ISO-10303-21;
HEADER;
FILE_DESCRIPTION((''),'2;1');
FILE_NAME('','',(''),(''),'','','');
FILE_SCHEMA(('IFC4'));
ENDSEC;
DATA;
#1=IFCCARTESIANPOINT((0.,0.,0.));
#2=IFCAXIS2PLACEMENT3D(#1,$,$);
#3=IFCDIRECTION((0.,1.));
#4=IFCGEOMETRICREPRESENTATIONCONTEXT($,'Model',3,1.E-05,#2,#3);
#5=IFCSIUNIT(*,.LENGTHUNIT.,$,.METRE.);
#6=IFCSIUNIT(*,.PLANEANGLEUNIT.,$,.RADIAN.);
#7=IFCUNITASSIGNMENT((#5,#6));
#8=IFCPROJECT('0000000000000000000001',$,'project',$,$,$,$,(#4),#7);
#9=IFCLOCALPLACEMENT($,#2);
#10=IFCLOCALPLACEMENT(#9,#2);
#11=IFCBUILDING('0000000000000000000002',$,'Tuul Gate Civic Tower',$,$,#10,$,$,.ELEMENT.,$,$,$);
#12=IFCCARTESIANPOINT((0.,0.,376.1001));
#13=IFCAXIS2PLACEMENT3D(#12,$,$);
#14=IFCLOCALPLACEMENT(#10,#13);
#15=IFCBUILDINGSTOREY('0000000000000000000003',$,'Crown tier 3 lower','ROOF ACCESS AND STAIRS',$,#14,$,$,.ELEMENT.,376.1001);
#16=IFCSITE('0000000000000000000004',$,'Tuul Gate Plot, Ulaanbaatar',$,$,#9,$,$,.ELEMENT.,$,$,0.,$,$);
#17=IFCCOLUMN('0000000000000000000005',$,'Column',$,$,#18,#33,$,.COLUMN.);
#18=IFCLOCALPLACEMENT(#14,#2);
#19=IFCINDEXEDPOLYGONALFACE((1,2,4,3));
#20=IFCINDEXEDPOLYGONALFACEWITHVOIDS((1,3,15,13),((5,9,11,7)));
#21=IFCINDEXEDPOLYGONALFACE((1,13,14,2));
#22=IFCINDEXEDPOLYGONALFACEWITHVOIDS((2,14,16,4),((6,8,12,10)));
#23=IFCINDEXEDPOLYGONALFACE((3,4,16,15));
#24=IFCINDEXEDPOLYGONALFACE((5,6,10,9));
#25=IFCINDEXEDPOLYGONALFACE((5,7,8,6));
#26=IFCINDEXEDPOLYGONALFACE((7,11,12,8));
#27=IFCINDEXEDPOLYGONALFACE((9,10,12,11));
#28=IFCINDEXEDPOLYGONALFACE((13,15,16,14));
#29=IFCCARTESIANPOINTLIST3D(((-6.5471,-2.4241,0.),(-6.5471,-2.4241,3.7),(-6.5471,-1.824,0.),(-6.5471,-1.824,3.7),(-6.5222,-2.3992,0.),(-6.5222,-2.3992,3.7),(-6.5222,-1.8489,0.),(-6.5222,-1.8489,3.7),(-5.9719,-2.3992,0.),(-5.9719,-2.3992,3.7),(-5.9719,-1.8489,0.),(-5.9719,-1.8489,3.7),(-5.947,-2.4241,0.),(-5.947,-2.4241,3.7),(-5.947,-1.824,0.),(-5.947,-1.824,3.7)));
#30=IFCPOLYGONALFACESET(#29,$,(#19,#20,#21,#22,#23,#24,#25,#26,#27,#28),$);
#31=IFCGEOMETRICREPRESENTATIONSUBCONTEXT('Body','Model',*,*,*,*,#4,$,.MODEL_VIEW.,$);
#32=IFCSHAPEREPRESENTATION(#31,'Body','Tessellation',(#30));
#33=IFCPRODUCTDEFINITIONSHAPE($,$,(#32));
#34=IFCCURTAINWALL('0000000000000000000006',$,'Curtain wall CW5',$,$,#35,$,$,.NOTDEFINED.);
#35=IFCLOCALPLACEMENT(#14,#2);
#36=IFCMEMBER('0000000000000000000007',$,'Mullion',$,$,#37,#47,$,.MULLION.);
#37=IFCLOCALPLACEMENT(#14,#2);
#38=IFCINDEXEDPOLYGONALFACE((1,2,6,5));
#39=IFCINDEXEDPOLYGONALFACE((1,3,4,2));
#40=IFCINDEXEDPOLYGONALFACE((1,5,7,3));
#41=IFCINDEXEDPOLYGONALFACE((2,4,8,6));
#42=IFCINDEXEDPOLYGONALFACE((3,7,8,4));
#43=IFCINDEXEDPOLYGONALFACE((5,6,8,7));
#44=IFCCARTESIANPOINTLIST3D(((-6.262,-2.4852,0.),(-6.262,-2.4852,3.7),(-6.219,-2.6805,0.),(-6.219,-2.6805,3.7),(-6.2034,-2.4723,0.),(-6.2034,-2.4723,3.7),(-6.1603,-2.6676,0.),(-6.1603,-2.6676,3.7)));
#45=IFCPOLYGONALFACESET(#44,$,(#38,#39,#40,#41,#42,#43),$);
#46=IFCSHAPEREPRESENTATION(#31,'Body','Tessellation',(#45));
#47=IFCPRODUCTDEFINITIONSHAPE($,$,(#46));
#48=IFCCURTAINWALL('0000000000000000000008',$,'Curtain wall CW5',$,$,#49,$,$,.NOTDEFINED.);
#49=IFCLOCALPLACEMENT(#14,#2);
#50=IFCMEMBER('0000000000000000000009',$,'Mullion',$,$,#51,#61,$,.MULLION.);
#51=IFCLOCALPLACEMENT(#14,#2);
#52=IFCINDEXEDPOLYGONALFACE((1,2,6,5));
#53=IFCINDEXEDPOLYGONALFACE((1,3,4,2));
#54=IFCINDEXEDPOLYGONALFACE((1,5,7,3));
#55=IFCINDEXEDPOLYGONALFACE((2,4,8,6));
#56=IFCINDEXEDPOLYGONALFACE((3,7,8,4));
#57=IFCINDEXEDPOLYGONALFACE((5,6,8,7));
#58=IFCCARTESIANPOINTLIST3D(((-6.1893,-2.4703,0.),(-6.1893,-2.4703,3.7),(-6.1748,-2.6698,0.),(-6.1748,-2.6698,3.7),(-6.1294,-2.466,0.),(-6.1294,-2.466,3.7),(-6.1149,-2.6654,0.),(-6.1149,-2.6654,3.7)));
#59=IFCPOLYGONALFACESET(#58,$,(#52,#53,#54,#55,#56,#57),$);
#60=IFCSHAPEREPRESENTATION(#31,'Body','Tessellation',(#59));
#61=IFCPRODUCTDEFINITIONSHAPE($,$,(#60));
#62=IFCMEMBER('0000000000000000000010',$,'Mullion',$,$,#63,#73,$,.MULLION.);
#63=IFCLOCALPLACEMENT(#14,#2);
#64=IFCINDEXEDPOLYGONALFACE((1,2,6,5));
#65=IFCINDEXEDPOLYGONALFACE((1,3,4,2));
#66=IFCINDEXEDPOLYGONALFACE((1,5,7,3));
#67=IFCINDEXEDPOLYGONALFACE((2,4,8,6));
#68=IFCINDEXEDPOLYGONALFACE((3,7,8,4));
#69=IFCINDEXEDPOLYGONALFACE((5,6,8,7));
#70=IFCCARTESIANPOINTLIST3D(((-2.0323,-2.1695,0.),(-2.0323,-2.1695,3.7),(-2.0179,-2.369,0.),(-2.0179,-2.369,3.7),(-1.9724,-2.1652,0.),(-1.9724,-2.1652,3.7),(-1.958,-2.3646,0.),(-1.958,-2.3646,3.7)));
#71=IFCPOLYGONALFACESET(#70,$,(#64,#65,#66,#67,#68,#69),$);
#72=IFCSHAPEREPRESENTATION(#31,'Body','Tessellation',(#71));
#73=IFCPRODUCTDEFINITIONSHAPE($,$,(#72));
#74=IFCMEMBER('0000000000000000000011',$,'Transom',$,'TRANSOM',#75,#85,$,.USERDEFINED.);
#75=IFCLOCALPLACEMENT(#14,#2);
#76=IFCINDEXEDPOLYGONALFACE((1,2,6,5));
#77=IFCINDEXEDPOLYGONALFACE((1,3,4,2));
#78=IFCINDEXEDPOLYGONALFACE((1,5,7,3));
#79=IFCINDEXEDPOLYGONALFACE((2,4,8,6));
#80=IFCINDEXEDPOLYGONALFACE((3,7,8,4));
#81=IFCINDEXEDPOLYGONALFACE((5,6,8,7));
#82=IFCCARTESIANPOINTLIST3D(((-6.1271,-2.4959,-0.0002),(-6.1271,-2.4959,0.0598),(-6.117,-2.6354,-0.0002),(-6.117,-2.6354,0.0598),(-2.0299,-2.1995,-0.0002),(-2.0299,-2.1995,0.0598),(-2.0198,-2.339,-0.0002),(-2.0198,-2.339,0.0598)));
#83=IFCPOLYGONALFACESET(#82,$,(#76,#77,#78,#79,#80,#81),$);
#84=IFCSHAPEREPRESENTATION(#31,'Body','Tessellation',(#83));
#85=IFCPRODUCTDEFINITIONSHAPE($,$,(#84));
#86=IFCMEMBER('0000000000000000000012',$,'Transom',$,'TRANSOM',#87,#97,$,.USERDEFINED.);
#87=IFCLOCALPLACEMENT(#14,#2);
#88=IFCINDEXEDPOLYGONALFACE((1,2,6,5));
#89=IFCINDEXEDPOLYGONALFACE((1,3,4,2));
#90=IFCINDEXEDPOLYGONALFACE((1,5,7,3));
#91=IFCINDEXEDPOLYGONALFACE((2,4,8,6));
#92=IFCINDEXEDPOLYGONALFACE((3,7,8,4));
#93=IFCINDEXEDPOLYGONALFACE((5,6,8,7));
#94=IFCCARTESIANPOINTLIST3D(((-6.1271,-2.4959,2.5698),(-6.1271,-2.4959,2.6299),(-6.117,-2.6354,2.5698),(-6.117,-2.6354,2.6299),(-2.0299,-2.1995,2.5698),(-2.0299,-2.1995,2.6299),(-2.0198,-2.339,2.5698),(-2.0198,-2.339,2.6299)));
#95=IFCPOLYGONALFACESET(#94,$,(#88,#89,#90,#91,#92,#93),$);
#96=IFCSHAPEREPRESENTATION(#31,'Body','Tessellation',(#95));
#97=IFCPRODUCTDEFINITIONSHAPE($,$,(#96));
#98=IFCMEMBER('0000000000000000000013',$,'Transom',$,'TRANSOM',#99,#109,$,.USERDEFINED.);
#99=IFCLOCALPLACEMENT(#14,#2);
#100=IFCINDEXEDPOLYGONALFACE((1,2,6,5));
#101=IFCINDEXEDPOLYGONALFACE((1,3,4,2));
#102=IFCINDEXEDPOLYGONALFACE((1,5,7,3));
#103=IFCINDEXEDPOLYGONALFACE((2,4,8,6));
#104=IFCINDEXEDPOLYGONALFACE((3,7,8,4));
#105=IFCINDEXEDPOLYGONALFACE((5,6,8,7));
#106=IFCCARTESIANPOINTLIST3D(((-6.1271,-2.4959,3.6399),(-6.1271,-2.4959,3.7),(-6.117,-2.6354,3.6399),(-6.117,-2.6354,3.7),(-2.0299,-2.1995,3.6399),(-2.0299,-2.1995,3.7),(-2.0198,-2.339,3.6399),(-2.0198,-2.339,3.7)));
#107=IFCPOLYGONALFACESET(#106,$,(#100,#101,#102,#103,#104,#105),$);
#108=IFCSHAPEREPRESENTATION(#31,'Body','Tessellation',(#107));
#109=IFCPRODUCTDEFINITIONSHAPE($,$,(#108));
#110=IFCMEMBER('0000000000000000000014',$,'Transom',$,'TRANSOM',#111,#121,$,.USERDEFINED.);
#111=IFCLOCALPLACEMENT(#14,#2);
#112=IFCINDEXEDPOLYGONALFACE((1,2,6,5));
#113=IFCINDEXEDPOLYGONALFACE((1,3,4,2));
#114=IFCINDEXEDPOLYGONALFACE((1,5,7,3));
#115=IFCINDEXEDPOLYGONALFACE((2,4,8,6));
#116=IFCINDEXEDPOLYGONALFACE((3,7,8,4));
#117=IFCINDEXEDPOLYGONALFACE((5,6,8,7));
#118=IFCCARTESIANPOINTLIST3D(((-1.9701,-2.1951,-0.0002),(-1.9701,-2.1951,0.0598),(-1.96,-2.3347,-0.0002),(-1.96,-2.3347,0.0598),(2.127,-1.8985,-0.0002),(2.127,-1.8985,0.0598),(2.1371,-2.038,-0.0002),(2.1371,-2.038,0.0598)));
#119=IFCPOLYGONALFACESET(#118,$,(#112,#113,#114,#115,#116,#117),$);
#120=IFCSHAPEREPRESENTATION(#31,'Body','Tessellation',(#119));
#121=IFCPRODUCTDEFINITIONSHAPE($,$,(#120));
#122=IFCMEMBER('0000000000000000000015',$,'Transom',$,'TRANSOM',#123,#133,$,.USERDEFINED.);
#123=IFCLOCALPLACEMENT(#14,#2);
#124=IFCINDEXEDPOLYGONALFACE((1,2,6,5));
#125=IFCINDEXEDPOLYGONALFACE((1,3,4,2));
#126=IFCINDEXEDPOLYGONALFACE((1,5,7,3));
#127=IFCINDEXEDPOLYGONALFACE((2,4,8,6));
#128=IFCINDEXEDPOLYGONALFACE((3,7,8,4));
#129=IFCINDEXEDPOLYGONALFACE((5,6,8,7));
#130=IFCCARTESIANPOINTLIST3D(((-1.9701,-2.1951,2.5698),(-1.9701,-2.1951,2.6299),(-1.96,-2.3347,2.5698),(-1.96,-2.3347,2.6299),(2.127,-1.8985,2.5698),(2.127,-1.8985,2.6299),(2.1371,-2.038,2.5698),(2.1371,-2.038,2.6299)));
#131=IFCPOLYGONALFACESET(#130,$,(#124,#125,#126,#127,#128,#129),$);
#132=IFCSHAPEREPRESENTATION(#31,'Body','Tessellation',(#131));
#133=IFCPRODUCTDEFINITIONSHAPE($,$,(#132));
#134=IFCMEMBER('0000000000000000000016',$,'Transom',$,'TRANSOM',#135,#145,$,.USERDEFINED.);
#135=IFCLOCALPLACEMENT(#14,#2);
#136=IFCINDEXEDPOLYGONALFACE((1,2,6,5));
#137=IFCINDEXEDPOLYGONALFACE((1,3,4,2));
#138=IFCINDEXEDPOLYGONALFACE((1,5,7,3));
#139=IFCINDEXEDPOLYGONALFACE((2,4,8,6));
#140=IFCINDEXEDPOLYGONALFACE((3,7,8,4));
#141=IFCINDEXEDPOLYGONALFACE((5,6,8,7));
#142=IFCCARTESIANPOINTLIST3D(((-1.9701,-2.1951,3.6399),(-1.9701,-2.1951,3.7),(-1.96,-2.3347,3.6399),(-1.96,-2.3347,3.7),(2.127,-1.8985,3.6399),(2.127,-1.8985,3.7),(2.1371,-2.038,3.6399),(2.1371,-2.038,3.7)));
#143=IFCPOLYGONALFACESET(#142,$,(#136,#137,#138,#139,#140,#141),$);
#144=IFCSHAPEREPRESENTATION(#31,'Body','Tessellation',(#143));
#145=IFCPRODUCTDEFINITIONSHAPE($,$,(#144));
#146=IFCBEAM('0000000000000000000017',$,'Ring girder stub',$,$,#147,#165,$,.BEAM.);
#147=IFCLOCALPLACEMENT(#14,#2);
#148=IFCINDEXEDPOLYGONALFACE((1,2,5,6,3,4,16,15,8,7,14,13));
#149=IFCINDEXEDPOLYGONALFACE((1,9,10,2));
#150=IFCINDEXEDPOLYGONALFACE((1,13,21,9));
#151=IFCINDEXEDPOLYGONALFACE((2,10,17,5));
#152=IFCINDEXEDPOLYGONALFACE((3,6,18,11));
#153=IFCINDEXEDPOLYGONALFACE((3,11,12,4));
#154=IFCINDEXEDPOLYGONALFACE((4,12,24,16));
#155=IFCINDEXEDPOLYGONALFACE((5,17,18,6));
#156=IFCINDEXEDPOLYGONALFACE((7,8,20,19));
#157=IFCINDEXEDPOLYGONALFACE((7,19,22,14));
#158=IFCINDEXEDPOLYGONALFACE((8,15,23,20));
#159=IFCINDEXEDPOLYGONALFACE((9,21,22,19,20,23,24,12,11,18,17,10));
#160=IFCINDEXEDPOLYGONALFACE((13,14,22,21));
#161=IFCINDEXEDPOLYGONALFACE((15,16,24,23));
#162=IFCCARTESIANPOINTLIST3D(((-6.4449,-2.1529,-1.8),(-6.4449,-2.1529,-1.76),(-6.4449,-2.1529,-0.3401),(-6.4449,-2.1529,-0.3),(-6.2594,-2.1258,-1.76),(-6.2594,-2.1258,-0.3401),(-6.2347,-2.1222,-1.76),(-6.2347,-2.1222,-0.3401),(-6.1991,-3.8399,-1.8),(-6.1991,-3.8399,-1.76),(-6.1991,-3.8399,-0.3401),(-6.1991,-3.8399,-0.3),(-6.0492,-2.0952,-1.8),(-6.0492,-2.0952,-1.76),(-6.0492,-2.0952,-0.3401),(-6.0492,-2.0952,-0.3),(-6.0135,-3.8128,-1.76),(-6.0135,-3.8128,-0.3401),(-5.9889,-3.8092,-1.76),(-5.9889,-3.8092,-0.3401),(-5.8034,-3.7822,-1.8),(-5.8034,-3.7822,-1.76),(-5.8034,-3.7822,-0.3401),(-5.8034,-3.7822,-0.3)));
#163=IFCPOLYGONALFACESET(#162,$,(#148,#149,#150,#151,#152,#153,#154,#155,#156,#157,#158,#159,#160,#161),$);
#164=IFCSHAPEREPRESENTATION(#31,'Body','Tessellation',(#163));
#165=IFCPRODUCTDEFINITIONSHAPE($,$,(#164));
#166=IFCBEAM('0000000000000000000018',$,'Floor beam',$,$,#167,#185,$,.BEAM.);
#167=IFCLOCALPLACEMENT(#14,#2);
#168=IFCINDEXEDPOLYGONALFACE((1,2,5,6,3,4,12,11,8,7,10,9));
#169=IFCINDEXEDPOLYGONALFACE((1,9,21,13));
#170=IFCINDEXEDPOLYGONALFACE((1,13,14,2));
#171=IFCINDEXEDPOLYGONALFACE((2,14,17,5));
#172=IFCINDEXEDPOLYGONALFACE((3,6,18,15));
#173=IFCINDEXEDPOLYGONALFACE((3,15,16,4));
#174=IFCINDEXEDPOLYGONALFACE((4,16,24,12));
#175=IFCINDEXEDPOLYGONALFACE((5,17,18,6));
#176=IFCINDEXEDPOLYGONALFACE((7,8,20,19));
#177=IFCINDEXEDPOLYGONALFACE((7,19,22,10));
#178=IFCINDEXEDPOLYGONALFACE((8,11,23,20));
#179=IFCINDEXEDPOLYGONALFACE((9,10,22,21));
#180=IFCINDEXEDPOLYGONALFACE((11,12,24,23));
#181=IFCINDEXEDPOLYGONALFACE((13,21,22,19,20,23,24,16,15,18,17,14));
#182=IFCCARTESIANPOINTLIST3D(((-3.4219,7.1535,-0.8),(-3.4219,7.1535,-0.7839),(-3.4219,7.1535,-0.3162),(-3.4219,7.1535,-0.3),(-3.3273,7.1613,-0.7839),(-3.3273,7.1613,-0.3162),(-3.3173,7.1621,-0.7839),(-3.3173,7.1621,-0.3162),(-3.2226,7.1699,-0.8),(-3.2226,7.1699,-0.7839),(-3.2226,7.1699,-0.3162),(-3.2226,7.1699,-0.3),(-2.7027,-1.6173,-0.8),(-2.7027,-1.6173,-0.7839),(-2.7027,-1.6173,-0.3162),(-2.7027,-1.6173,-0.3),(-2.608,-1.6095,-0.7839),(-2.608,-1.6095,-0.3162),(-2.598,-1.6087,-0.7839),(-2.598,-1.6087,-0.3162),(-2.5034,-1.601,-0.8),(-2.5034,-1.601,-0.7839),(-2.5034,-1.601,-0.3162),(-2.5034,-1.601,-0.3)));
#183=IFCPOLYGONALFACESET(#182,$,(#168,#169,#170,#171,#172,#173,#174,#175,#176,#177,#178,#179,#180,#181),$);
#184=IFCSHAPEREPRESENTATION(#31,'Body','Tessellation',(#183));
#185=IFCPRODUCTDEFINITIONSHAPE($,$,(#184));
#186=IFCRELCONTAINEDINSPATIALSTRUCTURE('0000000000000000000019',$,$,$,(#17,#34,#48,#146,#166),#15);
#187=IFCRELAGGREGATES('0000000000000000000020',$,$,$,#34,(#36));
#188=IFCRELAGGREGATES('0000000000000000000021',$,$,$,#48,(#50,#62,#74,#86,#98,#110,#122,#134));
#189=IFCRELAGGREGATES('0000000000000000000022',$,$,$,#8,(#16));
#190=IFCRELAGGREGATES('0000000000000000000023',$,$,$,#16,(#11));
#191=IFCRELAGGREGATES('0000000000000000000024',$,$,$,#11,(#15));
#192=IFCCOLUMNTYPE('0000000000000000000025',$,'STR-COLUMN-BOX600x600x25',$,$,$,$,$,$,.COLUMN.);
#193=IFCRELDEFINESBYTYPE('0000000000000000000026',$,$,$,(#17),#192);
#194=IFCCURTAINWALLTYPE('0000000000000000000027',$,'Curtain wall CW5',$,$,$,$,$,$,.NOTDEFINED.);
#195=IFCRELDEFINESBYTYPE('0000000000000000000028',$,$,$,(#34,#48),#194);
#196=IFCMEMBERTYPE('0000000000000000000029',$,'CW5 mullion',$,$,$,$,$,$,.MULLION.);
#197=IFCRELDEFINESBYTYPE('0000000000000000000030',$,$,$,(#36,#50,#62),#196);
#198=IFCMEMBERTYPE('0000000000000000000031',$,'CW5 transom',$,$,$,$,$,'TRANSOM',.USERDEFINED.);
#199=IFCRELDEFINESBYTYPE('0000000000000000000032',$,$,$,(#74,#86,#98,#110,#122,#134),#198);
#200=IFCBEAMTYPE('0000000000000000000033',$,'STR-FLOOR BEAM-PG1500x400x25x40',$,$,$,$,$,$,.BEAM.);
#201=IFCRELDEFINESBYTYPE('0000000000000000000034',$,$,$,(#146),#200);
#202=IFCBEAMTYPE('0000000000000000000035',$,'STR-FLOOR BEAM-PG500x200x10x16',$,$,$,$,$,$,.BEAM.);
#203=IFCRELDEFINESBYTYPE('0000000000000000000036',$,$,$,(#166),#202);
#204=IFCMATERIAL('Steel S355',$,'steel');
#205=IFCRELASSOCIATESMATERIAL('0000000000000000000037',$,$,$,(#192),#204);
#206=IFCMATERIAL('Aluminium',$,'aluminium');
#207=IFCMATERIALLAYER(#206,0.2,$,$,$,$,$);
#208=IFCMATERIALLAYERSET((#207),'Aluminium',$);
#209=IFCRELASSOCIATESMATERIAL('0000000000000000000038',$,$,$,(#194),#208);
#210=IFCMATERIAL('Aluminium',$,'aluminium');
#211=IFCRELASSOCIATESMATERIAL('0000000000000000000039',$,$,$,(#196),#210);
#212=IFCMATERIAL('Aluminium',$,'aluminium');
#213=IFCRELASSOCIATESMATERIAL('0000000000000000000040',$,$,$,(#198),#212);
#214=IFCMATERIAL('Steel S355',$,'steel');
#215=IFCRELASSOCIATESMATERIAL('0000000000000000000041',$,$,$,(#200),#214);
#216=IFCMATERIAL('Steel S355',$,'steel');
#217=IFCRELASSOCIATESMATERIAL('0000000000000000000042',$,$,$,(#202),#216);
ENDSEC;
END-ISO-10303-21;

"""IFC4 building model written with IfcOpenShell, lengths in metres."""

from ifc_helpers import new_model, si_unit, direction, frame, origin, origin_2d, place, context, subcontext, project, spatial, rectangle, hollow_rectangle, i_section, extrude, material, layer, layer_set, material_profile, profile_set, type_object, element, aggregate, save


model = new_model("IFC4")

# Units and contexts
model_context = context("Model", 3, precision=1e-05, world=origin(), true_north=direction((0.0, 1.0)))
body_context = subcontext(model_context, "Body", "Model", "MODEL_VIEW")
ifc_project = project(units=[si_unit("LENGTHUNIT", "METRE"), si_unit("PLANEANGLEUNIT", "RADIAN")], contexts=[model_context])

# Site, building, storey
site_placement = place(None, origin())
site = spatial("IfcSite", under=ifc_project, at=site_placement, Name="Tuul Gate Plot, Ulaanbaatar", CompositionType="ELEMENT", RefElevation=0.0)
building_placement = place(site_placement, origin())
building = spatial("IfcBuilding", under=site, at=building_placement, Name="Tuul Gate Civic Tower", CompositionType="ELEMENT")
storey_placement = place(building_placement, frame((0.0, 0.0, 376.1001)))
storey = spatial("IfcBuildingStorey", under=building, at=storey_placement, Name="Crown tier 3 lower", Description="ROOF ACCESS AND STAIRS", CompositionType="ELEMENT", Elevation=376.1001)

# Column
ifc_material_1 = material(Name="Steel S355", Category="steel")
ifc_material_profile_1 = material_profile(ifc_material_1, hollow_rectangle(XDim=0.6001, YDim=0.6001, WallThickness=0.0249, at=origin_2d()), Name="BOX600x600x25")
ifc_profile_set_1 = profile_set([ifc_material_profile_1], Name="Steel S355")
column_type = type_object("IfcColumnType", Name="STR-COLUMN-BOX600x600x25", PredefinedType="COLUMN", material=ifc_profile_set_1)
column_placement = place(storey_placement, frame((-6.2471, -2.124, 0.0), z_axis=(0.0, 0.0, 1.0), x_axis=(1.0, 0.0, 0.0)))
element("IfcColumn", 1, at=column_placement, inside=storey, type_object=column_type, Name="Column", PredefinedType="COLUMN", context=body_context, shape_type="SweptSolid", body=[
    extrude(hollow_rectangle(XDim=0.6001, YDim=0.6001, WallThickness=0.0249, at=origin_2d()), origin(), (0.0, 0.0, 1.0), 3.7),
])

# Curtain wall, member
ifc_material_2 = material(Name="Aluminium", Category="aluminium")
ifc_layer_1 = layer(ifc_material_2, 0.2)
ifc_layer_set_1 = layer_set([ifc_layer_1], Name="Aluminium")
curtain_wall_type = type_object("IfcCurtainWallType", Name="Curtain wall CW5", PredefinedType="NOTDEFINED", material=ifc_layer_set_1)
curtain_wall_1_placement = place(storey_placement, origin())
curtain_wall_1 = element("IfcCurtainWall", 2, at=curtain_wall_1_placement, inside=storey, type_object=curtain_wall_type, Name="Curtain wall CW5", PredefinedType="NOTDEFINED")
ifc_material_3 = material(Name="Aluminium", Category="aluminium")
ifc_material_profile_2 = material_profile(ifc_material_3, rectangle(XDim=0.2, YDim=0.0601, at=origin_2d()), Name="CW5 mullion")
ifc_profile_set_2 = profile_set([ifc_material_profile_2], Name="Aluminium")
member_type_1 = type_object("IfcMemberType", Name="CW5 mullion", PredefinedType="MULLION", material=ifc_profile_set_2)
member_1_placement = place(storey_placement, frame((-6.2112, -2.5764, 0.0), z_axis=(0.0, 0.0, 1.0), x_axis=(-0.215243, 0.976561, 0.0)))
member_1 = element("IfcMember", 3, at=member_1_placement, type_object=member_type_1, Name="Mullion", PredefinedType="MULLION", context=body_context, shape_type="SweptSolid", body=[
    extrude(rectangle(XDim=0.2, YDim=0.0601, at=origin_2d()), origin(), (0.0, 0.0, 1.0), 3.7),
])
aggregate(curtain_wall_1, [member_1])

# Curtain wall, members
curtain_wall_2_placement = place(storey_placement, origin())
curtain_wall_2 = element("IfcCurtainWall", 4, at=curtain_wall_2_placement, inside=storey, type_object=curtain_wall_type, Name="Curtain wall CW5", PredefinedType="NOTDEFINED")
member_2_placement = place(storey_placement, frame((-6.1521, -2.5679, 0.0), z_axis=(0.0, 0.0, 1.0), x_axis=(-0.072178, 0.997392, 0.0)))
member_2 = element("IfcMember", 5, at=member_2_placement, type_object=member_type_1, Name="Mullion", PredefinedType="MULLION", context=body_context, shape_type="SweptSolid", body=[
    extrude(rectangle(XDim=0.2, YDim=0.0601, at=origin_2d()), origin(), (0.0, 0.0, 1.0), 3.7),
])
member_3_placement = place(storey_placement, frame((-1.9951, -2.2671, 0.0), z_axis=(0.0, 0.0, 1.0), x_axis=(-0.072178, 0.997392, 0.0)))
member_3 = element("IfcMember", 6, at=member_3_placement, type_object=member_type_1, Name="Mullion", PredefinedType="MULLION", context=body_context, shape_type="SweptSolid", body=[
    extrude(rectangle(XDim=0.2, YDim=0.0601, at=origin_2d()), origin(), (0.0, 0.0, 1.0), 3.7),
])
ifc_material_4 = material(Name="Aluminium", Category="aluminium")
ifc_material_profile_3 = material_profile(ifc_material_4, rectangle(XDim=0.1399, YDim=0.0601, at=origin_2d()), Name="CW5 transom")
ifc_profile_set_3 = profile_set([ifc_material_profile_3], Name="Aluminium")
member_type_2 = type_object("IfcMemberType", Name="CW5 transom", ElementType="TRANSOM", PredefinedType="USERDEFINED", material=ifc_profile_set_3)
member_4_placement = place(storey_placement, frame((-6.1221, -2.5657, 0.0298), z_axis=(0.997394, 0.072151, 0.0), x_axis=(-0.072151, 0.997394, 0.0)))
member_4 = element("IfcMember", 7, at=member_4_placement, type_object=member_type_2, Name="Transom", ObjectType="TRANSOM", PredefinedType="USERDEFINED", context=body_context, shape_type="SweptSolid", body=[
    extrude(rectangle(XDim=0.1399, YDim=0.0601, at=origin_2d()), origin(), (0.0, 0.0, 1.0), 4.1079),
])
member_5_placement = place(storey_placement, frame((-6.1221, -2.5657, 2.5999), z_axis=(0.997394, 0.072151, 0.0), x_axis=(-0.072151, 0.997394, 0.0)))
member_5 = element("IfcMember", 8, at=member_5_placement, type_object=member_type_2, Name="Transom", ObjectType="TRANSOM", PredefinedType="USERDEFINED", context=body_context, shape_type="SweptSolid", body=[
    extrude(rectangle(XDim=0.1399, YDim=0.0601, at=origin_2d()), origin(), (0.0, 0.0, 1.0), 4.1079),
])
member_6_placement = place(storey_placement, frame((-6.1221, -2.5657, 3.6699), z_axis=(0.997394, 0.072151, 0.0), x_axis=(-0.072151, 0.997394, 0.0)))
member_6 = element("IfcMember", 9, at=member_6_placement, type_object=member_type_2, Name="Transom", ObjectType="TRANSOM", PredefinedType="USERDEFINED", context=body_context, shape_type="SweptSolid", body=[
    extrude(rectangle(XDim=0.1399, YDim=0.0601, at=origin_2d()), origin(), (0.0, 0.0, 1.0), 4.1079),
])
member_7_placement = place(storey_placement, frame((-1.9651, -2.2649, 0.0298), z_axis=(0.997389, 0.07221, 0.0), x_axis=(-0.07221, 0.997389, 0.0)))
member_7 = element("IfcMember", 10, at=member_7_placement, type_object=member_type_2, Name="Transom", ObjectType="TRANSOM", PredefinedType="USERDEFINED", context=body_context, shape_type="SweptSolid", body=[
    extrude(rectangle(XDim=0.1399, YDim=0.0601, at=origin_2d()), origin(), (0.0, 0.0, 1.0), 4.1079),
])
member_8_placement = place(storey_placement, frame((-1.9651, -2.2649, 2.5999), z_axis=(0.997389, 0.07221, 0.0), x_axis=(-0.07221, 0.997389, 0.0)))
member_8 = element("IfcMember", 11, at=member_8_placement, type_object=member_type_2, Name="Transom", ObjectType="TRANSOM", PredefinedType="USERDEFINED", context=body_context, shape_type="SweptSolid", body=[
    extrude(rectangle(XDim=0.1399, YDim=0.0601, at=origin_2d()), origin(), (0.0, 0.0, 1.0), 4.1079),
])
member_9_placement = place(storey_placement, frame((-1.9651, -2.2649, 3.6699), z_axis=(0.997389, 0.07221, 0.0), x_axis=(-0.07221, 0.997389, 0.0)))
member_9 = element("IfcMember", 12, at=member_9_placement, type_object=member_type_2, Name="Transom", ObjectType="TRANSOM", PredefinedType="USERDEFINED", context=body_context, shape_type="SweptSolid", body=[
    extrude(rectangle(XDim=0.1399, YDim=0.0601, at=origin_2d()), origin(), (0.0, 0.0, 1.0), 4.1079),
])

# Beams
ifc_material_5 = material(Name="Steel S355", Category="steel")
ifc_material_profile_4 = material_profile(ifc_material_5, i_section(OverallWidth=0.3999, OverallDepth=1.5, WebThickness=0.0249, FlangeThickness=0.04, at=origin_2d()), Name="PG1500x400x25x40")
ifc_profile_set_4 = profile_set([ifc_material_profile_4], Name="Steel S355")
beam_type_1 = type_object("IfcBeamType", Name="STR-FLOOR BEAM-PG1500x400x25x40", PredefinedType="BEAM", material=ifc_profile_set_4)
beam_1_placement = place(storey_placement, frame((-6.0012, -3.811, -1.05), z_axis=(-0.144208, 0.989547, 0.0), x_axis=(-0.989547, -0.144208, 0.0)))
element("IfcBeam", 13, at=beam_1_placement, inside=storey, type_object=beam_type_1, Name="Ring girder stub", PredefinedType="BEAM", context=body_context, shape_type="SweptSolid", body=[
    extrude(i_section(OverallWidth=0.3999, OverallDepth=1.5, WebThickness=0.0249, FlangeThickness=0.04, at=origin_2d()), origin(), (0.0, 0.0, 1.0), 1.7048),
])
ifc_material_6 = material(Name="Steel S355", Category="steel")
ifc_material_profile_5 = material_profile(ifc_material_6, i_section(OverallWidth=0.2, OverallDepth=0.5, WebThickness=0.01, FlangeThickness=0.0161, at=origin_2d()), Name="PG500x200x10x16")
ifc_profile_set_5 = profile_set([ifc_material_profile_5], Name="Steel S355")
beam_type_2 = type_object("IfcBeamType", Name="STR-FLOOR BEAM-PG500x200x10x16", PredefinedType="BEAM", material=ifc_profile_set_5)
beam_2_placement = place(storey_placement, frame((-2.603, -1.6091, -0.55), z_axis=(-0.08173, 0.996655, 0.0), x_axis=(-0.996655, -0.08173, 0.0)))
element("IfcBeam", 14, at=beam_2_placement, inside=storey, type_object=beam_type_2, Name="Floor beam", PredefinedType="BEAM", context=body_context, shape_type="SweptSolid", body=[
    extrude(i_section(OverallWidth=0.2, OverallDepth=0.5, WebThickness=0.01, FlangeThickness=0.0161, at=origin_2d()), origin(), (0.0, 0.0, 1.0), 8.8003),
])

aggregate(curtain_wall_2, [member_2, member_3, member_4, member_5, member_6, member_7, member_8, member_9])

save(model, "model.ifc")
